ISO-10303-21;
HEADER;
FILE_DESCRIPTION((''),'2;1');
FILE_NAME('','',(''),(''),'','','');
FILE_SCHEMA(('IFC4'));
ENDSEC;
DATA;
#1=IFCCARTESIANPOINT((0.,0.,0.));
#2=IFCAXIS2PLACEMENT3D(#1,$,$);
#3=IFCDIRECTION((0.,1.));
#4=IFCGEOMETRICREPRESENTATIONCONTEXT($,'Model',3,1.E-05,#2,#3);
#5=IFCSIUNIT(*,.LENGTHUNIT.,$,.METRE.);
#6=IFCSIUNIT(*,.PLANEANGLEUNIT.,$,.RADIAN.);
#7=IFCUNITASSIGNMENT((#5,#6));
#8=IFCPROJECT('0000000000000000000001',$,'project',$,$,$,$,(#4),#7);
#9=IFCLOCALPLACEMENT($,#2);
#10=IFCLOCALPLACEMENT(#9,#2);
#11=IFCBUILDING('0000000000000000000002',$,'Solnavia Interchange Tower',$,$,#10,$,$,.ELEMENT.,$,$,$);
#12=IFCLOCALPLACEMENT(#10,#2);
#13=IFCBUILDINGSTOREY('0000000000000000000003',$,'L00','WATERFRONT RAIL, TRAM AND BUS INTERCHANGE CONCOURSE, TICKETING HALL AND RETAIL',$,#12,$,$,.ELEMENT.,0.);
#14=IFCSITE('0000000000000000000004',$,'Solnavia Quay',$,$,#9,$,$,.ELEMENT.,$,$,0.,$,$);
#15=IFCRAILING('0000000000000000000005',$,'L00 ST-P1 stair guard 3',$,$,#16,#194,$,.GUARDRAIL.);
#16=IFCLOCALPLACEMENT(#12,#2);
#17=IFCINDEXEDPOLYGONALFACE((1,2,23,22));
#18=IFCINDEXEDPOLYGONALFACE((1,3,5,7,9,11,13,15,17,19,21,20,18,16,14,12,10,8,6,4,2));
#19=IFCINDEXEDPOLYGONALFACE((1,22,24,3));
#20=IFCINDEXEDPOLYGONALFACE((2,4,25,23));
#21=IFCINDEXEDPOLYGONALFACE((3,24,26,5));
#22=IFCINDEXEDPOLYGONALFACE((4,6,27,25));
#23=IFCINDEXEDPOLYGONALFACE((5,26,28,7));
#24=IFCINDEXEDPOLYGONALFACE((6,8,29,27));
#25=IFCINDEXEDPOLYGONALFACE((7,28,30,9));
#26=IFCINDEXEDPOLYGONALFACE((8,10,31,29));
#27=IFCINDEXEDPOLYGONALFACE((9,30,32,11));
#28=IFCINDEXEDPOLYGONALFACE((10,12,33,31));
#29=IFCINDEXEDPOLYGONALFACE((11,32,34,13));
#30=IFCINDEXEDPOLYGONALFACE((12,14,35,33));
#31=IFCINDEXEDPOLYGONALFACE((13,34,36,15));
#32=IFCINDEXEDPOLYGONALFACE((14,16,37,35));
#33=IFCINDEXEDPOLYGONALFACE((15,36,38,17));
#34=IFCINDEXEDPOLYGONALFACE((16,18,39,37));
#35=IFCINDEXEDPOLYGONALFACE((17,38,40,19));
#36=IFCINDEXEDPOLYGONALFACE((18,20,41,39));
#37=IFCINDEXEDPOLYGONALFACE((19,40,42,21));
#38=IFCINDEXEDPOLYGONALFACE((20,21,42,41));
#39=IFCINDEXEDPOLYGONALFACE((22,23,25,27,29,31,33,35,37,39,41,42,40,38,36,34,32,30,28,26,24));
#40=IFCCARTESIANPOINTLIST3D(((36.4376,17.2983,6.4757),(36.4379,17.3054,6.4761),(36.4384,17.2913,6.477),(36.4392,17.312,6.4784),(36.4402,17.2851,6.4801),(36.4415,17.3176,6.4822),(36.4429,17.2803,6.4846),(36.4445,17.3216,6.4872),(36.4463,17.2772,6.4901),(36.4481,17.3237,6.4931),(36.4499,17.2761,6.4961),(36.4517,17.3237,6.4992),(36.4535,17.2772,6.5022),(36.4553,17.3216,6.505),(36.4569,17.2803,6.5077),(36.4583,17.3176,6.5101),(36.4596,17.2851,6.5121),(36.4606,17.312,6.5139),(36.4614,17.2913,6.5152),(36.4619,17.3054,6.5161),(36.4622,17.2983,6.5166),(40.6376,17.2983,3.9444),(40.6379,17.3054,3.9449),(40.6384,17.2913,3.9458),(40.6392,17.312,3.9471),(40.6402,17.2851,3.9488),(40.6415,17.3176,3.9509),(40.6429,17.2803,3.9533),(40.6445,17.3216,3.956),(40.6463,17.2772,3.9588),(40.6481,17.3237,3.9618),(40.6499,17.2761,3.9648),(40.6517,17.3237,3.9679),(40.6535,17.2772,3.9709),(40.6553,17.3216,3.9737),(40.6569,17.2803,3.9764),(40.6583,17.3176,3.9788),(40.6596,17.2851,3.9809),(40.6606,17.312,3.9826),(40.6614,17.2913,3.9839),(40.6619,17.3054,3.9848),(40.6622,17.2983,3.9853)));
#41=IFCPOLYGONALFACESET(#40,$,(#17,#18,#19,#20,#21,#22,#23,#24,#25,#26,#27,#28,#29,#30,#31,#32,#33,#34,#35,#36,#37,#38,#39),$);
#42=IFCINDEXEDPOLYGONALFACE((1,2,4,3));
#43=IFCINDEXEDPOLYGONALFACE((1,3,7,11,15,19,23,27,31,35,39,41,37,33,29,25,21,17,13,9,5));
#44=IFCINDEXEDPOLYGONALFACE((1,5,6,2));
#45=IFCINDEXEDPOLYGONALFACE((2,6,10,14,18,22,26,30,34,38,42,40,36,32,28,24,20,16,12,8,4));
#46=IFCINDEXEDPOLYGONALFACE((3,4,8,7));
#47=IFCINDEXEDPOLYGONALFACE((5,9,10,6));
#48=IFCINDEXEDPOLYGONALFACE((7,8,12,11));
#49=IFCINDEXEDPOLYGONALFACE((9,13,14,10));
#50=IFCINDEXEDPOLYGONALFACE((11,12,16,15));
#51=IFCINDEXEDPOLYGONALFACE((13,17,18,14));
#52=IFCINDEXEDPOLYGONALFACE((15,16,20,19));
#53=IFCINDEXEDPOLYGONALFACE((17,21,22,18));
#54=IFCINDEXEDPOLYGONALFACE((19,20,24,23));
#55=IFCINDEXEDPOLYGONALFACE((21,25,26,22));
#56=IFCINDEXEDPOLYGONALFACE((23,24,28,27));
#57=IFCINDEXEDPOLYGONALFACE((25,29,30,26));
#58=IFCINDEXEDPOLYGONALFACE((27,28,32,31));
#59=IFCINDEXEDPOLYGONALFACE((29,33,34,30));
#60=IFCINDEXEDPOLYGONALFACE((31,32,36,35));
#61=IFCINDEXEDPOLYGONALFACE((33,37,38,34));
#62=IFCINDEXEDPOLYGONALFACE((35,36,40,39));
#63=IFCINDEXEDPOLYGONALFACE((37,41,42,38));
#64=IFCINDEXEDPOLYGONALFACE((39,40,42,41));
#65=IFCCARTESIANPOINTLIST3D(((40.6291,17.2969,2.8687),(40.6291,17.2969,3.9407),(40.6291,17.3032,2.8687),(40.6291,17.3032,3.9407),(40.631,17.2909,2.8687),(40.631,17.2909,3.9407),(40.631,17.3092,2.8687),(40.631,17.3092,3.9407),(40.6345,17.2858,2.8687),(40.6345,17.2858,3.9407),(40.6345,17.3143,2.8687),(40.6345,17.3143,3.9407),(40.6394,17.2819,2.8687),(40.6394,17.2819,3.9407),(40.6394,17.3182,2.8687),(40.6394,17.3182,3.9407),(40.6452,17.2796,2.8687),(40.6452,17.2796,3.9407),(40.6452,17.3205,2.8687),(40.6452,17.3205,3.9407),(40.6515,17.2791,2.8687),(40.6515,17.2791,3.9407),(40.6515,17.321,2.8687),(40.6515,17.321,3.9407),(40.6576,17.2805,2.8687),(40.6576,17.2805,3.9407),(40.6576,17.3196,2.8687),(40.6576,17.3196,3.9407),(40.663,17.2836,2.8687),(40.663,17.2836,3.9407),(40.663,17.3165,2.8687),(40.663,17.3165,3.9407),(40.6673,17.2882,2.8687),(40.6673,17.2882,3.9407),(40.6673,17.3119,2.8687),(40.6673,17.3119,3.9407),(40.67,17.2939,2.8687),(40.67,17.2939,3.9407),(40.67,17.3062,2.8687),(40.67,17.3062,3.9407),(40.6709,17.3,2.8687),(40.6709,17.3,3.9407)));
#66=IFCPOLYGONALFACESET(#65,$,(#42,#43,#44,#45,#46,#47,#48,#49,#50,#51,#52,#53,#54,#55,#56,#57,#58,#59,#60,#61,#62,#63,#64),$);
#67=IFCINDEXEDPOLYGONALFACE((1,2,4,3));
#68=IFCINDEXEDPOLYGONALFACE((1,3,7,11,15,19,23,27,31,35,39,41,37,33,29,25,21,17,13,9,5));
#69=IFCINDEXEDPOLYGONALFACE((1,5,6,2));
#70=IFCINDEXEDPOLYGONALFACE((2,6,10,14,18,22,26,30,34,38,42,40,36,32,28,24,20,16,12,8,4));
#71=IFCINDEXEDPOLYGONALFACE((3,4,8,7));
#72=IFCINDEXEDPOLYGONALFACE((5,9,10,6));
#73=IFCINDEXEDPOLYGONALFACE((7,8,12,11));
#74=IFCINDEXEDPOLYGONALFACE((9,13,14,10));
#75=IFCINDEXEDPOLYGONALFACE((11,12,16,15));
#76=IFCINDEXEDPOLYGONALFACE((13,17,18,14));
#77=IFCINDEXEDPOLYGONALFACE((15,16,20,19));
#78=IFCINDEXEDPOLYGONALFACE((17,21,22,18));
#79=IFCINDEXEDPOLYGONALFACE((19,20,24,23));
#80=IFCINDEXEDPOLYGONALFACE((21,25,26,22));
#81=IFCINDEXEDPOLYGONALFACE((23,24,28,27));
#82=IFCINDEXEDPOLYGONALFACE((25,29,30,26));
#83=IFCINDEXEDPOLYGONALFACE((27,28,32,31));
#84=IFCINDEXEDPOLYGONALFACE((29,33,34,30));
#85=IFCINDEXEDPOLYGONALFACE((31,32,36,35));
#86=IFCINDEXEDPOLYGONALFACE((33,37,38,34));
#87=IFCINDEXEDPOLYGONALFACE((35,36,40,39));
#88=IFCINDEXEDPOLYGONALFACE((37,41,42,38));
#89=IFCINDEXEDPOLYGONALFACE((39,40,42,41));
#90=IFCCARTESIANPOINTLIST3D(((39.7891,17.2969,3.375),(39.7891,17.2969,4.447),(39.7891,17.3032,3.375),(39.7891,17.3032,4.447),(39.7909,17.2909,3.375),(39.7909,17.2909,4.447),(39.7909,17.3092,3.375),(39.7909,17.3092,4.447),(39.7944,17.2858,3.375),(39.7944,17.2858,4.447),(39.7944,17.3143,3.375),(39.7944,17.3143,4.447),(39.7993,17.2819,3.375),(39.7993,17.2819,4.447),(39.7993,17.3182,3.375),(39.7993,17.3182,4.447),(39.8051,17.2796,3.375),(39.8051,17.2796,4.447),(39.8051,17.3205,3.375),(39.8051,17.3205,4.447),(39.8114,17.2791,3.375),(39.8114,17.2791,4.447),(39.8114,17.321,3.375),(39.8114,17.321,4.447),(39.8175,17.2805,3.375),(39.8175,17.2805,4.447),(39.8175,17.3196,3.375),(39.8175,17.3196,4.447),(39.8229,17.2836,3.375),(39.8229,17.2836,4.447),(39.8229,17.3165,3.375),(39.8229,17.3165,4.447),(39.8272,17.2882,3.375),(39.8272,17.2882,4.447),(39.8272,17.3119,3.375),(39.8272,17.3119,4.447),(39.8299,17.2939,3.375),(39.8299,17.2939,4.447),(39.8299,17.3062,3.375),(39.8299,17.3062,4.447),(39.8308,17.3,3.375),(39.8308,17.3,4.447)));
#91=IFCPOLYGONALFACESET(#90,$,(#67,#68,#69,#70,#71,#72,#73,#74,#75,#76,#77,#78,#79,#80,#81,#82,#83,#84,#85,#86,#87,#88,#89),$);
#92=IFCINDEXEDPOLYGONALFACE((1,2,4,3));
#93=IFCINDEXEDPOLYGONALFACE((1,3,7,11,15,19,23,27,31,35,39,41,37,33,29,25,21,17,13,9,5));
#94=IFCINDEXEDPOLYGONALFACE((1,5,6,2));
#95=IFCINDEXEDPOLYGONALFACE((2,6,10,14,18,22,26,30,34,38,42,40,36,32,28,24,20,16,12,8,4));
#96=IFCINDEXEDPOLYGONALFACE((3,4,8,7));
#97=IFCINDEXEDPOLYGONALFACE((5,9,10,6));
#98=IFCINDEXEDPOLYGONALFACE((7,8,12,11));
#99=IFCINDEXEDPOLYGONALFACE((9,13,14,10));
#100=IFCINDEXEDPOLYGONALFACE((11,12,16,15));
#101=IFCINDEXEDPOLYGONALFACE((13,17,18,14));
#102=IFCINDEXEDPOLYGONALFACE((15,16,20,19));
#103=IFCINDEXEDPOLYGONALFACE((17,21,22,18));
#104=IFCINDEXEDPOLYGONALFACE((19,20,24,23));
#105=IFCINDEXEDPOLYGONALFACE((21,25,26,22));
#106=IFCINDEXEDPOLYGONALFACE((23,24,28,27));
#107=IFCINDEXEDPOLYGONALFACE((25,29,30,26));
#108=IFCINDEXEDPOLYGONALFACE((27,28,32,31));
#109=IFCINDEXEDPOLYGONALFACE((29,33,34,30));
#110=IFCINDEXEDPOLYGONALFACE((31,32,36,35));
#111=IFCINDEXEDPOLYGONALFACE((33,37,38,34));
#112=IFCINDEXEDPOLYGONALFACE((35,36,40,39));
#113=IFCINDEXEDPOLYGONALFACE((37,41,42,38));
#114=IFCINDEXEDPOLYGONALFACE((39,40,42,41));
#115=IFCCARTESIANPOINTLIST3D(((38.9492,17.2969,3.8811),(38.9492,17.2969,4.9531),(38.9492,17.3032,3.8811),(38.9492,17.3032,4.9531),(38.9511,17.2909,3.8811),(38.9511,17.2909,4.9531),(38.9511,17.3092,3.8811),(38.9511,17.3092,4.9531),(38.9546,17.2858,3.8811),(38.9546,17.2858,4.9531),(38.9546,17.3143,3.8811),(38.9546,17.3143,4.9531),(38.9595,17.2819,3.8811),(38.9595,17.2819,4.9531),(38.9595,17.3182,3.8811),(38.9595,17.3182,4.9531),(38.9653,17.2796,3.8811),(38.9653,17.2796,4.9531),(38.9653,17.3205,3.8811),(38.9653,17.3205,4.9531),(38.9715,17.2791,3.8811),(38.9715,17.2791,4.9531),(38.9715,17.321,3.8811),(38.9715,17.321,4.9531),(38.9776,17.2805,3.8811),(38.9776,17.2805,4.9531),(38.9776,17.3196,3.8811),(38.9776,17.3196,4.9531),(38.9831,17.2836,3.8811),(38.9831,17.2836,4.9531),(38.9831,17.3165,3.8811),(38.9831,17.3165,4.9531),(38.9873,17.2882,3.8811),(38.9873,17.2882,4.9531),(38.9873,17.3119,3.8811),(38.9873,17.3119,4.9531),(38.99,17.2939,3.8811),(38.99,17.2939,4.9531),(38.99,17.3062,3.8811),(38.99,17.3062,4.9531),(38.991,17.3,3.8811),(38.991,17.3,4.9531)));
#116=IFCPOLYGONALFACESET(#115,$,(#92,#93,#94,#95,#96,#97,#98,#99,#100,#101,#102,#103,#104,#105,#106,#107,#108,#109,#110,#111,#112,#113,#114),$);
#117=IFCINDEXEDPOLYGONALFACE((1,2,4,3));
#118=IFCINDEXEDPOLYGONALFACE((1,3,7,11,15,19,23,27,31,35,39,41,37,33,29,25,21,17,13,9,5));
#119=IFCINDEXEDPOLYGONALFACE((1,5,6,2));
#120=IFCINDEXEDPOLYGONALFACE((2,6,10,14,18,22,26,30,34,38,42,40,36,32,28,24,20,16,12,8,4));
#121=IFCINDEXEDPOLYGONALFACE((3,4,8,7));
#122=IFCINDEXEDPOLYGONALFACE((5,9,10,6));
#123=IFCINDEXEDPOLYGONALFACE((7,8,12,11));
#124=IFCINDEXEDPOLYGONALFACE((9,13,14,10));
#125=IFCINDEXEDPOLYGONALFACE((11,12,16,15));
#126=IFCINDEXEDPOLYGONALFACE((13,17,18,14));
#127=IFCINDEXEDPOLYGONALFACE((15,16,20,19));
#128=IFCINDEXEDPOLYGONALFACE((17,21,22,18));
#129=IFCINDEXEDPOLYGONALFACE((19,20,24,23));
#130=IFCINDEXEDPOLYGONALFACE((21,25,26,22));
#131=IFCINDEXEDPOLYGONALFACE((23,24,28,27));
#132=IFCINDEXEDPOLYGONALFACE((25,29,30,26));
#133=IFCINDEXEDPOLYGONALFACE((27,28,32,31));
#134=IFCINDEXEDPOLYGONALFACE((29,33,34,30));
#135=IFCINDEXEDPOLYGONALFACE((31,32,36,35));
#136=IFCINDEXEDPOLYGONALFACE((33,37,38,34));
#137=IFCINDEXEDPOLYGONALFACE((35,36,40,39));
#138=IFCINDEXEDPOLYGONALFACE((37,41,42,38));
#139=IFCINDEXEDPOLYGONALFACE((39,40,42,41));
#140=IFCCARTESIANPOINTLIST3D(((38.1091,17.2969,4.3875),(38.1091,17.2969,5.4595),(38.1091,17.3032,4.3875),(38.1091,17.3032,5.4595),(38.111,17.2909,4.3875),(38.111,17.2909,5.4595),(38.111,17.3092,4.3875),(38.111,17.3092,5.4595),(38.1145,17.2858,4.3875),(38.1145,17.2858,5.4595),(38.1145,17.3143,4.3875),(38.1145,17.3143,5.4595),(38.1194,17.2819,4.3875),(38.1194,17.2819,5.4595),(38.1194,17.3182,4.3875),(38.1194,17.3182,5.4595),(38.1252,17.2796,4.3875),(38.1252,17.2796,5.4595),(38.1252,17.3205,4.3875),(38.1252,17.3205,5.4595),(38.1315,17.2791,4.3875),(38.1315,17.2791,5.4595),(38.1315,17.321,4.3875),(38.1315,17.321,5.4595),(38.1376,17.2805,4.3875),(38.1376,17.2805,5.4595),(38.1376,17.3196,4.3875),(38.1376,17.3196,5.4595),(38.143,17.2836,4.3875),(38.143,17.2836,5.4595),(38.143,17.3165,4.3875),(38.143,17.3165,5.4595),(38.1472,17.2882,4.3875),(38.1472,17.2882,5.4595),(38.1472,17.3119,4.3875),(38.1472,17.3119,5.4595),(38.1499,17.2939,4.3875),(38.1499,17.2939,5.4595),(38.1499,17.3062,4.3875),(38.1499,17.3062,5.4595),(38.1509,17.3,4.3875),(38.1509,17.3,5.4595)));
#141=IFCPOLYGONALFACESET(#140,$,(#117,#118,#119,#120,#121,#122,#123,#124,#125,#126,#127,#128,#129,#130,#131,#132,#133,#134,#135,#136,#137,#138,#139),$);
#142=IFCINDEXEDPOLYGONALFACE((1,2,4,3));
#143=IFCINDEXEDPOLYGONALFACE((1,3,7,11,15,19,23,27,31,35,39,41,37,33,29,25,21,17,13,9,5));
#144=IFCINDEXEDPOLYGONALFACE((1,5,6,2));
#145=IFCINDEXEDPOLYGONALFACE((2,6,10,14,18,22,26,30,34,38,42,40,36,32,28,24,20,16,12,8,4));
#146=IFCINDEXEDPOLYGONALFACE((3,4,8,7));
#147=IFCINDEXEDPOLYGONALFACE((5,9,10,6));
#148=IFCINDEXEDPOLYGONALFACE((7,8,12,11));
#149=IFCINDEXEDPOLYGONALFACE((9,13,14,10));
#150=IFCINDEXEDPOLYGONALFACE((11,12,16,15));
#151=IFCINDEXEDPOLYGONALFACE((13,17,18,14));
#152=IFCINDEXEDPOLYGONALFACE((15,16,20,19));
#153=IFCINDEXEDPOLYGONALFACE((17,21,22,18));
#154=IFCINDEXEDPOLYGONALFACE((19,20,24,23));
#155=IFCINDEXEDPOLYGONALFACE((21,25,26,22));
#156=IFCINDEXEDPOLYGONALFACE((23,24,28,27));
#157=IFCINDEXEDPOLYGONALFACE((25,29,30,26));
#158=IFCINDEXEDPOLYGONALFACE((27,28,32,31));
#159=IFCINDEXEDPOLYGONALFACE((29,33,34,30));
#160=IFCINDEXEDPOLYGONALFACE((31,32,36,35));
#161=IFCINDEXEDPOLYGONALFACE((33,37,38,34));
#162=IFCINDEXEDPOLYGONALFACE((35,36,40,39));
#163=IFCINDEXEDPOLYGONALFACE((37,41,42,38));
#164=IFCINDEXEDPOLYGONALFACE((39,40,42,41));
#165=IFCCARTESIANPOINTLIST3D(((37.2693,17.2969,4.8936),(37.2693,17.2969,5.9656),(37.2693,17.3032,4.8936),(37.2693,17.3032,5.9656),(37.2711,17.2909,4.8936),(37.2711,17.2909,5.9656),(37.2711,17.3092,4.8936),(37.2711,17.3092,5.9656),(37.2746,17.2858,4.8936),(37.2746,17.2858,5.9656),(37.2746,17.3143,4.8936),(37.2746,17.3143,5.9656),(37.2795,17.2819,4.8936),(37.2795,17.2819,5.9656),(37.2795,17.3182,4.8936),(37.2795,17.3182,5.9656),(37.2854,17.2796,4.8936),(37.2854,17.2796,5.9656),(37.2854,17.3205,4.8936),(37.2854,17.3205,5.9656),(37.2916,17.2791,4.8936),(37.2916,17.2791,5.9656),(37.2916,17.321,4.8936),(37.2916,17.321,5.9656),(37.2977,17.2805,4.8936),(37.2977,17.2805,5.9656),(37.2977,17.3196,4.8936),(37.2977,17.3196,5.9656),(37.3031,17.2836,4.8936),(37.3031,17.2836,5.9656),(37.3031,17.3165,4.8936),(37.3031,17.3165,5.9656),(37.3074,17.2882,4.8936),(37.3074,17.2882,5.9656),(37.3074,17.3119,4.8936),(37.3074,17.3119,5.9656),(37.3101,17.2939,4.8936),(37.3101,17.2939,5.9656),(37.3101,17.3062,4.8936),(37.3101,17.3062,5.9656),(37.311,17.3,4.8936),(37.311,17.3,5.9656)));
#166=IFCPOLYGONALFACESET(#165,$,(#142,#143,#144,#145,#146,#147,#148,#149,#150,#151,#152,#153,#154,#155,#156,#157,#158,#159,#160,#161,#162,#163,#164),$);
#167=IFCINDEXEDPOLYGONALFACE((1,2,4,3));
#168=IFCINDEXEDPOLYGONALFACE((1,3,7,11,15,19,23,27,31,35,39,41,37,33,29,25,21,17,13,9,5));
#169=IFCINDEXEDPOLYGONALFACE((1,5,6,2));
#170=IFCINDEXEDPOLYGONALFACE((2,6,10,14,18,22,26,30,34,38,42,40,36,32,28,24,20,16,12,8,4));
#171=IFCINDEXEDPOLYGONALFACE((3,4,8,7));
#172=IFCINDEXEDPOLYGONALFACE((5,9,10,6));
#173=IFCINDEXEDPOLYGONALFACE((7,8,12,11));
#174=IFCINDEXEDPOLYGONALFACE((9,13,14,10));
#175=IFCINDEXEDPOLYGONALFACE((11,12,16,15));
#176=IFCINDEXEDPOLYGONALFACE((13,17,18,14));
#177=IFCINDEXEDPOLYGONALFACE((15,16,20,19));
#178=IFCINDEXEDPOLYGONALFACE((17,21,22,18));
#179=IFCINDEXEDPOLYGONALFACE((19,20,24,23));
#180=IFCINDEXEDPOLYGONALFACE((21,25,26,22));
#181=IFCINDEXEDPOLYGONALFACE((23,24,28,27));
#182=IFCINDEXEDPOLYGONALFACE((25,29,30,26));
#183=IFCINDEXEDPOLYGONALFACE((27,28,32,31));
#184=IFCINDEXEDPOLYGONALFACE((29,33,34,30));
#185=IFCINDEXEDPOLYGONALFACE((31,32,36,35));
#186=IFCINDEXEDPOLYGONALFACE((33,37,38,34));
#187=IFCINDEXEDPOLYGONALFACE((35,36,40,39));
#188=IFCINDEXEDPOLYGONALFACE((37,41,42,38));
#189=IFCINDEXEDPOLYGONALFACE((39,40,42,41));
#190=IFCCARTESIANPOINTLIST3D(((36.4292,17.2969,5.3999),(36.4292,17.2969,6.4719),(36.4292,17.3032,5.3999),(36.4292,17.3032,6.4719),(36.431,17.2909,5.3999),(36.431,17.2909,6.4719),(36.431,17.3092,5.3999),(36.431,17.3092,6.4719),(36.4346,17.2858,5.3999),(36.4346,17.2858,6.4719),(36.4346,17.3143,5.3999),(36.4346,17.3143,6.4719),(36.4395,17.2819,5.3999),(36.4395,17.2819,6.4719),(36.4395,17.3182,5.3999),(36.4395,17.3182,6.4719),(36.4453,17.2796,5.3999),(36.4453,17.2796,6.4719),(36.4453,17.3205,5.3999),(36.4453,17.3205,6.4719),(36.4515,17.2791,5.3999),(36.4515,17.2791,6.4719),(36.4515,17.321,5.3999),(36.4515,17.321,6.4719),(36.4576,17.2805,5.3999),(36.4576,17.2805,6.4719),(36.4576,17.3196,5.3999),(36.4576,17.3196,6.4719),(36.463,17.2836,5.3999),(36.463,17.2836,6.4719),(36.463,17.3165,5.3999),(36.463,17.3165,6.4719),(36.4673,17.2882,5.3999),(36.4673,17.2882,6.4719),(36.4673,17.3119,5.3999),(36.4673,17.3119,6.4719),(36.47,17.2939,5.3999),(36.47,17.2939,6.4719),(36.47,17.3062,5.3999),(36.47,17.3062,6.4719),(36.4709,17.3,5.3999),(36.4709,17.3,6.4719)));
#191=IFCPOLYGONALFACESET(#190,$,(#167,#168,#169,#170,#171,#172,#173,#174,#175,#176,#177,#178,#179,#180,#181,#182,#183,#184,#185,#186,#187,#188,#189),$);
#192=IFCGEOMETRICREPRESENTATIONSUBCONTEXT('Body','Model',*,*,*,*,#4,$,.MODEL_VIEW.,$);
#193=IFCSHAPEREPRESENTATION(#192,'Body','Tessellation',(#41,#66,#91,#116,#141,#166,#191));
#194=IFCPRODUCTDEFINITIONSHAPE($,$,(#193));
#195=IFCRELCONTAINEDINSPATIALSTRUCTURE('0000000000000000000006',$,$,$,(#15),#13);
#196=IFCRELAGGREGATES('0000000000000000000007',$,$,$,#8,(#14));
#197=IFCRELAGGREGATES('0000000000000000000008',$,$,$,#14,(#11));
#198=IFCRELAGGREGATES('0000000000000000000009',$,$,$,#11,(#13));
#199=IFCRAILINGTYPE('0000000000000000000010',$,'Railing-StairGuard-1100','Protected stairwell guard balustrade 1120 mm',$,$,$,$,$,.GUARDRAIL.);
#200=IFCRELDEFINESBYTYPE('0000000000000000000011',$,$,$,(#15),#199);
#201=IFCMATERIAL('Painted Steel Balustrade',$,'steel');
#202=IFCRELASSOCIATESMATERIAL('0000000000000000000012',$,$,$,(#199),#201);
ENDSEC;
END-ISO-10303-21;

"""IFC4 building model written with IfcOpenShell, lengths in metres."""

from ifc_helpers import new_model, si_unit, direction, frame, origin, origin_2d, place, context, subcontext, project, spatial, circle, extrude, material, type_object, element, save


model = new_model("IFC4")

# Units and contexts
model_context = context("Model", 3, precision=1e-05, world=origin(), true_north=direction((0.0, 1.0)))
body_context = subcontext(model_context, "Body", "Model", "MODEL_VIEW")
ifc_project = project(units=[si_unit("LENGTHUNIT", "METRE"), si_unit("PLANEANGLEUNIT", "RADIAN")], contexts=[model_context])

# Site, building, storey
site_placement = place(None, origin())
site = spatial("IfcSite", under=ifc_project, at=site_placement, Name="Solnavia Quay", CompositionType="ELEMENT", RefElevation=0.0)
building_placement = place(site_placement, origin())
building = spatial("IfcBuilding", under=site, at=building_placement, Name="Solnavia Interchange Tower", CompositionType="ELEMENT")
storey_placement = place(building_placement, origin())
storey = spatial("IfcBuildingStorey", under=building, at=storey_placement, Name="L00", Description="WATERFRONT RAIL, TRAM AND BUS INTERCHANGE CONCOURSE, TICKETING HALL AND RETAIL", CompositionType="ELEMENT", Elevation=0.0)

# Railing
ifc_material_1 = material(Name="Painted Steel Balustrade", Category="steel")
railing_type_1 = type_object("IfcRailingType", Name="Railing-StairGuard-1100", Description="Protected stairwell guard balustrade 1120 mm", PredefinedType="GUARDRAIL", material=ifc_material_1)
railing_1_placement = place(storey_placement, frame((40.6499, 17.3, 2.8687)))
element("IfcRailing", 1, at=railing_1_placement, inside=storey, type_object=railing_type_1, Name="L00 ST-P1 stair guard 3", PredefinedType="GUARDRAIL", context=body_context, shape_type="SweptSolid", body=[
    extrude(circle(Radius=0.0239, at=origin_2d()), frame((0.0, 0.0, 1.0962), z_axis=(-0.856476, 0.0, 0.516186), x_axis=(0.0, -1.0, 0.0)), (0.0, 0.0, 1.0), 4.9038),
    extrude(circle(Radius=0.021, at=origin_2d()), origin(), (0.0, 0.0, 1.0), 1.072),
    extrude(circle(Radius=0.021, at=origin_2d()), frame((-0.8401, 0.0, 0.5063)), (0.0, 0.0, 1.0), 1.072),
    extrude(circle(Radius=0.021, at=origin_2d()), frame((-1.6799, 0.0, 1.0125)), (0.0, 0.0, 1.0), 1.072),
    extrude(circle(Radius=0.021, at=origin_2d()), frame((-2.52, 0.0, 1.5188)), (0.0, 0.0, 1.0), 1.072),
    extrude(circle(Radius=0.021, at=origin_2d()), frame((-3.3599, 0.0, 2.0249)), (0.0, 0.0, 1.0), 1.072),
    extrude(circle(Radius=0.021, at=origin_2d()), frame((-4.2, 0.0, 2.5312)), (0.0, 0.0, 1.0), 1.072),
])

save(model, "model.ifc")
